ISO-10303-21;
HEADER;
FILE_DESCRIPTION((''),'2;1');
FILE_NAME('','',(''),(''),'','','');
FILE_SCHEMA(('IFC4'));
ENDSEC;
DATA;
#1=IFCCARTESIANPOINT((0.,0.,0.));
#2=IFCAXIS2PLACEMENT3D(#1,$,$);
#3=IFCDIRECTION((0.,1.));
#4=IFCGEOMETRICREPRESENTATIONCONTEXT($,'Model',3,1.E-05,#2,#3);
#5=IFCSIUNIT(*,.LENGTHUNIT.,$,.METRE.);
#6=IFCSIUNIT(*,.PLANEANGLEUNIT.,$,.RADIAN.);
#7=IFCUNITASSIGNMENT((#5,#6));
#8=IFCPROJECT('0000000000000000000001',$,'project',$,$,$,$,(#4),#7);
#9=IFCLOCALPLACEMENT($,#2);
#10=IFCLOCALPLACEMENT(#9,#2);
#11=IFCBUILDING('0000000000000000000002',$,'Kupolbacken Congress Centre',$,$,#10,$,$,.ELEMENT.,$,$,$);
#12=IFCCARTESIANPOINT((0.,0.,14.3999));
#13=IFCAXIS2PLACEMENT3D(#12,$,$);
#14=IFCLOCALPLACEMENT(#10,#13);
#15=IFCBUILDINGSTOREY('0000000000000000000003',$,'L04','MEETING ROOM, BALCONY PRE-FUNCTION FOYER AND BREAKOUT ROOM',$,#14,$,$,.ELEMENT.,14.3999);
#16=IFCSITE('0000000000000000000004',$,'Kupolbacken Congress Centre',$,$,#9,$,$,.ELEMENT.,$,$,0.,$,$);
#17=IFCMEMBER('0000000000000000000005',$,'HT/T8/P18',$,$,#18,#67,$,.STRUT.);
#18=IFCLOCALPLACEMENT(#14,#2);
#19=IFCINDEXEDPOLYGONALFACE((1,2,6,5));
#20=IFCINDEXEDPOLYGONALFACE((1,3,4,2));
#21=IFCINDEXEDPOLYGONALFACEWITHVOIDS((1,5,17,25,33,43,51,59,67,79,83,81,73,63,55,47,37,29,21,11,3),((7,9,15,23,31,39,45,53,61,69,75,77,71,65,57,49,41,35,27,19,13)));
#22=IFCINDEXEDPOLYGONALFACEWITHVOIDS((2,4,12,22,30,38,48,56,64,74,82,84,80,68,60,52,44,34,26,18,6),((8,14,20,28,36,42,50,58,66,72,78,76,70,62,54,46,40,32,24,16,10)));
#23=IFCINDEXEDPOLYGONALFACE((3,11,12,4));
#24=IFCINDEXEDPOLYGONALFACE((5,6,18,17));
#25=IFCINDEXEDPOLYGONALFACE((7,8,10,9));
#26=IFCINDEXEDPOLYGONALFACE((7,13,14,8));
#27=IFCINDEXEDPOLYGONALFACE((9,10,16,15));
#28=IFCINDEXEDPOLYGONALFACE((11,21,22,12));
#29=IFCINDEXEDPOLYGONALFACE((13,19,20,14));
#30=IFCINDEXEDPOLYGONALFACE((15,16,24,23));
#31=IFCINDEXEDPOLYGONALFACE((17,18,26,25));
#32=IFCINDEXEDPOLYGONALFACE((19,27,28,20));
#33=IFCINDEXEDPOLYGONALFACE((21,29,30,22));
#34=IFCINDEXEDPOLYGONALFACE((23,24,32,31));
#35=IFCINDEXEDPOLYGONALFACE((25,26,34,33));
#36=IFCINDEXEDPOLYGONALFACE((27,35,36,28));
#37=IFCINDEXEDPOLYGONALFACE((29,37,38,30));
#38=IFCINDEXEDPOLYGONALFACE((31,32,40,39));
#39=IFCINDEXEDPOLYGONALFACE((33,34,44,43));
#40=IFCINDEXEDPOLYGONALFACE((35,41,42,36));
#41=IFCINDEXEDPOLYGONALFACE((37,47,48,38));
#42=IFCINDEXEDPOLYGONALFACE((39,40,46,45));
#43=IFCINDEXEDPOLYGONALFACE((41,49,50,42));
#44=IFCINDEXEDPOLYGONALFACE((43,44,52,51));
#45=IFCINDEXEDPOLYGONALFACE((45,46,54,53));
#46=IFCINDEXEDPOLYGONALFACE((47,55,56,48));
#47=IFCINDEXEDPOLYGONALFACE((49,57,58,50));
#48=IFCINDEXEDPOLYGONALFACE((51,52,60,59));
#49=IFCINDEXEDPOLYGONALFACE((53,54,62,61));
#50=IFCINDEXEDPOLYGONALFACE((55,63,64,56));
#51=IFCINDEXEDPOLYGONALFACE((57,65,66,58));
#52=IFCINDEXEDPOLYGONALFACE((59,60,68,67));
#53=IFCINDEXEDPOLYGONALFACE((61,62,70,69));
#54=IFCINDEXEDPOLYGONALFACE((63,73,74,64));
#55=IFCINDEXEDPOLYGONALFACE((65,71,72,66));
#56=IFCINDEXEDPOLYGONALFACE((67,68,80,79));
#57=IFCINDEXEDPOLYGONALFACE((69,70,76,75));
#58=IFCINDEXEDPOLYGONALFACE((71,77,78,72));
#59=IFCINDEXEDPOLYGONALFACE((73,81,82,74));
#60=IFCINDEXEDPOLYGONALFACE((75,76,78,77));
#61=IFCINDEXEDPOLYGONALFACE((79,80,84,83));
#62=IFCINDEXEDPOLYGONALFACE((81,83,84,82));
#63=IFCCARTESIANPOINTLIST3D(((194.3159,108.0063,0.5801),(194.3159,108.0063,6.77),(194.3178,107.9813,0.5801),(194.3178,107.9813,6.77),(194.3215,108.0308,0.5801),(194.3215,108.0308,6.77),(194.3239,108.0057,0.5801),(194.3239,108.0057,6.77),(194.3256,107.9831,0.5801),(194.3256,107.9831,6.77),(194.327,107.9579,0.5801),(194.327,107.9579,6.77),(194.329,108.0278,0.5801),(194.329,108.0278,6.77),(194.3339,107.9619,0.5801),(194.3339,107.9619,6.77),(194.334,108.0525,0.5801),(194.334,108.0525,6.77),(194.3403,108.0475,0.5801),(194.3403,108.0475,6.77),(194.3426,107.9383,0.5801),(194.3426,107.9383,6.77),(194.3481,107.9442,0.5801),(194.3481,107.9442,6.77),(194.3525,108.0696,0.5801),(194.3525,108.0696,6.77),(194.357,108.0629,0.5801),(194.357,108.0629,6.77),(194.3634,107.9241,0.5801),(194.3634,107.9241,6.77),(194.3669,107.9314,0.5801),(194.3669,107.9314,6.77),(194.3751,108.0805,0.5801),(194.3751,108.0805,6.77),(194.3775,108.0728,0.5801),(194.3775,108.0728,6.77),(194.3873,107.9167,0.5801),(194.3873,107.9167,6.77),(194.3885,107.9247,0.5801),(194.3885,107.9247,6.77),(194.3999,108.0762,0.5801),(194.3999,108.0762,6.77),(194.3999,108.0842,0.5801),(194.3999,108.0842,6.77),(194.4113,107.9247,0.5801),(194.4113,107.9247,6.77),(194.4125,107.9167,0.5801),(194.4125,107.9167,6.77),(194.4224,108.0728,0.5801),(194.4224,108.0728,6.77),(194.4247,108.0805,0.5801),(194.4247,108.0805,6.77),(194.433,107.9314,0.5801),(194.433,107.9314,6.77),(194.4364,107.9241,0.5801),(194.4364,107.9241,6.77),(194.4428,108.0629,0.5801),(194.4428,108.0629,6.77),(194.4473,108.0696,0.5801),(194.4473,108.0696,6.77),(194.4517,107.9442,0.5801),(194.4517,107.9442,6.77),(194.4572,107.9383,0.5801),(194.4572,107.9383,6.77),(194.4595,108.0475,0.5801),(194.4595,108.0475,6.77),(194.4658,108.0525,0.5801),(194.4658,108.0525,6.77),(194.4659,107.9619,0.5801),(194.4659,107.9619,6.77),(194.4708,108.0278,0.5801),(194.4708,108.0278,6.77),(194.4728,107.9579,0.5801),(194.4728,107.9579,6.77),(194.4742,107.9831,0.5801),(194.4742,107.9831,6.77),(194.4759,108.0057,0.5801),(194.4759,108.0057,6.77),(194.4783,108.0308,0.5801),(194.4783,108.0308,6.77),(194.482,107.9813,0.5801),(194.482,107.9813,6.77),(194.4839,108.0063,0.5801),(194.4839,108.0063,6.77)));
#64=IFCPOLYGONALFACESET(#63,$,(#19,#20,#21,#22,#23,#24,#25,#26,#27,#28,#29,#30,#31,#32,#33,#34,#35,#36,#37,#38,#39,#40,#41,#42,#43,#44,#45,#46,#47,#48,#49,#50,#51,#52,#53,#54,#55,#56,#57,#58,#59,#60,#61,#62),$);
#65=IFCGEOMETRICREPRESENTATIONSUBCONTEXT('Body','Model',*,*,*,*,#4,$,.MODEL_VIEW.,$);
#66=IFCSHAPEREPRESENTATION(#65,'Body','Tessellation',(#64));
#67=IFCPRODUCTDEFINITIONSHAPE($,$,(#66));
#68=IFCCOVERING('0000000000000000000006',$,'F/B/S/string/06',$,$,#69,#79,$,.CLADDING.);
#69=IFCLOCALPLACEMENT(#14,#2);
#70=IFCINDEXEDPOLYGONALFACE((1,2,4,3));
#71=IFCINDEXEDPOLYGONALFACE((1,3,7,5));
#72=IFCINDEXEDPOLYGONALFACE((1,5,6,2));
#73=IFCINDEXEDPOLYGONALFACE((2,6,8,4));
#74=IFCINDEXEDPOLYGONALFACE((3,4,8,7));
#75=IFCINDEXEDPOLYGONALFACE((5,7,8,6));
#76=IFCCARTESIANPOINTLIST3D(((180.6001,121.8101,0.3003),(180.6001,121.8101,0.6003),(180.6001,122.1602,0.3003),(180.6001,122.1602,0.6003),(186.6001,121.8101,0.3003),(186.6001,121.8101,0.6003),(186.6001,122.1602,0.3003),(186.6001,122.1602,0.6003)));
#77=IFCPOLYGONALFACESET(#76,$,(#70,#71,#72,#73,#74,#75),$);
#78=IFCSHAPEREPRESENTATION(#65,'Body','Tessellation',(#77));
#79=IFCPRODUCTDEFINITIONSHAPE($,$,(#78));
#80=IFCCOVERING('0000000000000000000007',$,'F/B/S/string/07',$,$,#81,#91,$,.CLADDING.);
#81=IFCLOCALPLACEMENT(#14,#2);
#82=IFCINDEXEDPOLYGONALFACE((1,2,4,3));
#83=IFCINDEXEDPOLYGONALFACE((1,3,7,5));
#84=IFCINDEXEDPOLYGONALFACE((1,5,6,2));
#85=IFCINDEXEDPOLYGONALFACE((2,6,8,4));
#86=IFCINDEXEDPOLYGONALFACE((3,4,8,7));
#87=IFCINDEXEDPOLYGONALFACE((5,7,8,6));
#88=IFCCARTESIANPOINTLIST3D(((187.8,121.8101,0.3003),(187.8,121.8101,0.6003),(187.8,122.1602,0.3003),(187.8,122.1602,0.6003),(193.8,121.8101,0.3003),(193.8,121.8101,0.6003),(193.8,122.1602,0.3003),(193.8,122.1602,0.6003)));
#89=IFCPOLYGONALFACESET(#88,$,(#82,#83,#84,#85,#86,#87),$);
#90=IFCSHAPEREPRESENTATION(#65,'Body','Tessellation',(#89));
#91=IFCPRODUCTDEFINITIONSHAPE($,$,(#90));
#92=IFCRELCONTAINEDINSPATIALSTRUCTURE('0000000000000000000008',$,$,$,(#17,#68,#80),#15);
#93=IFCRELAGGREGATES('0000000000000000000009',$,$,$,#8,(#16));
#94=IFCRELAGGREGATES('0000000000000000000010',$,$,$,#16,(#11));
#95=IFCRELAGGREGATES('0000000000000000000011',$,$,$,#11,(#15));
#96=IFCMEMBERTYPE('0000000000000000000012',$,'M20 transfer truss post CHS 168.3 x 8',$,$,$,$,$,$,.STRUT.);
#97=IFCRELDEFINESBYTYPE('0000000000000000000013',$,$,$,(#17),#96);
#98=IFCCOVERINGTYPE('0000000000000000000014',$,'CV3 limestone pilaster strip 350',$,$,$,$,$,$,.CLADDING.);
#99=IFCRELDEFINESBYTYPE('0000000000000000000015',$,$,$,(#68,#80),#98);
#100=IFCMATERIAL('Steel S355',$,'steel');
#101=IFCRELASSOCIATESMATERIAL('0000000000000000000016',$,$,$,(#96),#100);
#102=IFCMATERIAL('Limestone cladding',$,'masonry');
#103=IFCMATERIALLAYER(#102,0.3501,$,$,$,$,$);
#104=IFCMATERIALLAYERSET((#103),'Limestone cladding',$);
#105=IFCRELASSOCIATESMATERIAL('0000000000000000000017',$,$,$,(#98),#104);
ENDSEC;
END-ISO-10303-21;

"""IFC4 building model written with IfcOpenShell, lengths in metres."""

from ifc_helpers import new_model, si_unit, direction, frame, origin, origin_2d, place, context, subcontext, project, spatial, rectangle, hollow_circle, extrude, material, layer, layer_set, material_profile, profile_set, type_object, element, save


model = new_model("IFC4")

# Units and contexts
model_context = context("Model", 3, precision=1e-05, world=origin(), true_north=direction((0.0, 1.0)))
body_context = subcontext(model_context, "Body", "Model", "MODEL_VIEW")
ifc_project = project(units=[si_unit("LENGTHUNIT", "METRE"), si_unit("PLANEANGLEUNIT", "RADIAN")], contexts=[model_context])

# Site, building, storey
site_placement = place(None, origin())
site = spatial("IfcSite", under=ifc_project, at=site_placement, Name="Kupolbacken Congress Centre", CompositionType="ELEMENT", RefElevation=0.0)
building_placement = place(site_placement, origin())
building = spatial("IfcBuilding", under=site, at=building_placement, Name="Kupolbacken Congress Centre", CompositionType="ELEMENT")
storey_placement = place(building_placement, frame((0.0, 0.0, 14.3999)))
storey = spatial("IfcBuildingStorey", under=building, at=storey_placement, Name="L04", Description="MEETING ROOM, BALCONY PRE-FUNCTION FOYER AND BREAKOUT ROOM", CompositionType="ELEMENT", Elevation=14.3999)

# Member
ifc_material_1 = material(Name="Steel S355", Category="steel")
ifc_material_profile_1 = material_profile(ifc_material_1, hollow_circle(Radius=0.0842, WallThickness=0.0081, at=origin_2d()), Name="CHS 168.3 x 8")
ifc_profile_set_1 = profile_set([ifc_material_profile_1], Name="Steel S355")
member_type_1 = type_object("IfcMemberType", Name="M20 transfer truss post CHS 168.3 x 8", PredefinedType="STRUT", material=ifc_profile_set_1)
for number, where, z_axis, x_axis, name in (
    (1, (194.3999, 108.0, 0.5801), (0.0, 0.0, 1.0), (0.0, 1.0, 0.0), "HT/T8/P18"),
):
    element("IfcMember", number, at=place(storey_placement, frame(where, z_axis=z_axis, x_axis=x_axis)), inside=storey, type_object=member_type_1, Name=name, PredefinedType="STRUT", context=body_context, shape_type="SweptSolid", body=[
        extrude(hollow_circle(Radius=0.0842, WallThickness=0.0081, at=origin_2d()), origin(), (0.0, 0.0, 1.0), 6.1899),
    ])

# Coverings
ifc_material_2 = material(Name="Limestone cladding", Category="masonry")
ifc_layer = layer(ifc_material_2, 0.3501)
ifc_layer_set = layer_set([ifc_layer], Name="Limestone cladding")
covering_type = type_object("IfcCoveringType", Name="CV3 limestone pilaster strip 350", PredefinedType="CLADDING", material=ifc_layer_set)
for number, where, z_axis, x_axis, name in (
    (2, (183.6001, 121.9851, 0.3003), (0.0, 0.0, 1.0), (1.0, 0.0, 0.0), "F/B/S/string/06"),
    (3, (190.8, 121.9851, 0.3003), (0.0, 0.0, 1.0), (1.0, 0.0, 0.0), "F/B/S/string/07"),
):
    element("IfcCovering", number, at=place(storey_placement, frame(where, z_axis=z_axis, x_axis=x_axis)), inside=storey, type_object=covering_type, Name=name, PredefinedType="CLADDING", context=body_context, shape_type="SweptSolid", body=[
        extrude(rectangle(XDim=6.0, YDim=0.3501, at=origin_2d()), origin(), (0.0, 0.0, 1.0), 0.3),
    ])

save(model, "model.ifc")
